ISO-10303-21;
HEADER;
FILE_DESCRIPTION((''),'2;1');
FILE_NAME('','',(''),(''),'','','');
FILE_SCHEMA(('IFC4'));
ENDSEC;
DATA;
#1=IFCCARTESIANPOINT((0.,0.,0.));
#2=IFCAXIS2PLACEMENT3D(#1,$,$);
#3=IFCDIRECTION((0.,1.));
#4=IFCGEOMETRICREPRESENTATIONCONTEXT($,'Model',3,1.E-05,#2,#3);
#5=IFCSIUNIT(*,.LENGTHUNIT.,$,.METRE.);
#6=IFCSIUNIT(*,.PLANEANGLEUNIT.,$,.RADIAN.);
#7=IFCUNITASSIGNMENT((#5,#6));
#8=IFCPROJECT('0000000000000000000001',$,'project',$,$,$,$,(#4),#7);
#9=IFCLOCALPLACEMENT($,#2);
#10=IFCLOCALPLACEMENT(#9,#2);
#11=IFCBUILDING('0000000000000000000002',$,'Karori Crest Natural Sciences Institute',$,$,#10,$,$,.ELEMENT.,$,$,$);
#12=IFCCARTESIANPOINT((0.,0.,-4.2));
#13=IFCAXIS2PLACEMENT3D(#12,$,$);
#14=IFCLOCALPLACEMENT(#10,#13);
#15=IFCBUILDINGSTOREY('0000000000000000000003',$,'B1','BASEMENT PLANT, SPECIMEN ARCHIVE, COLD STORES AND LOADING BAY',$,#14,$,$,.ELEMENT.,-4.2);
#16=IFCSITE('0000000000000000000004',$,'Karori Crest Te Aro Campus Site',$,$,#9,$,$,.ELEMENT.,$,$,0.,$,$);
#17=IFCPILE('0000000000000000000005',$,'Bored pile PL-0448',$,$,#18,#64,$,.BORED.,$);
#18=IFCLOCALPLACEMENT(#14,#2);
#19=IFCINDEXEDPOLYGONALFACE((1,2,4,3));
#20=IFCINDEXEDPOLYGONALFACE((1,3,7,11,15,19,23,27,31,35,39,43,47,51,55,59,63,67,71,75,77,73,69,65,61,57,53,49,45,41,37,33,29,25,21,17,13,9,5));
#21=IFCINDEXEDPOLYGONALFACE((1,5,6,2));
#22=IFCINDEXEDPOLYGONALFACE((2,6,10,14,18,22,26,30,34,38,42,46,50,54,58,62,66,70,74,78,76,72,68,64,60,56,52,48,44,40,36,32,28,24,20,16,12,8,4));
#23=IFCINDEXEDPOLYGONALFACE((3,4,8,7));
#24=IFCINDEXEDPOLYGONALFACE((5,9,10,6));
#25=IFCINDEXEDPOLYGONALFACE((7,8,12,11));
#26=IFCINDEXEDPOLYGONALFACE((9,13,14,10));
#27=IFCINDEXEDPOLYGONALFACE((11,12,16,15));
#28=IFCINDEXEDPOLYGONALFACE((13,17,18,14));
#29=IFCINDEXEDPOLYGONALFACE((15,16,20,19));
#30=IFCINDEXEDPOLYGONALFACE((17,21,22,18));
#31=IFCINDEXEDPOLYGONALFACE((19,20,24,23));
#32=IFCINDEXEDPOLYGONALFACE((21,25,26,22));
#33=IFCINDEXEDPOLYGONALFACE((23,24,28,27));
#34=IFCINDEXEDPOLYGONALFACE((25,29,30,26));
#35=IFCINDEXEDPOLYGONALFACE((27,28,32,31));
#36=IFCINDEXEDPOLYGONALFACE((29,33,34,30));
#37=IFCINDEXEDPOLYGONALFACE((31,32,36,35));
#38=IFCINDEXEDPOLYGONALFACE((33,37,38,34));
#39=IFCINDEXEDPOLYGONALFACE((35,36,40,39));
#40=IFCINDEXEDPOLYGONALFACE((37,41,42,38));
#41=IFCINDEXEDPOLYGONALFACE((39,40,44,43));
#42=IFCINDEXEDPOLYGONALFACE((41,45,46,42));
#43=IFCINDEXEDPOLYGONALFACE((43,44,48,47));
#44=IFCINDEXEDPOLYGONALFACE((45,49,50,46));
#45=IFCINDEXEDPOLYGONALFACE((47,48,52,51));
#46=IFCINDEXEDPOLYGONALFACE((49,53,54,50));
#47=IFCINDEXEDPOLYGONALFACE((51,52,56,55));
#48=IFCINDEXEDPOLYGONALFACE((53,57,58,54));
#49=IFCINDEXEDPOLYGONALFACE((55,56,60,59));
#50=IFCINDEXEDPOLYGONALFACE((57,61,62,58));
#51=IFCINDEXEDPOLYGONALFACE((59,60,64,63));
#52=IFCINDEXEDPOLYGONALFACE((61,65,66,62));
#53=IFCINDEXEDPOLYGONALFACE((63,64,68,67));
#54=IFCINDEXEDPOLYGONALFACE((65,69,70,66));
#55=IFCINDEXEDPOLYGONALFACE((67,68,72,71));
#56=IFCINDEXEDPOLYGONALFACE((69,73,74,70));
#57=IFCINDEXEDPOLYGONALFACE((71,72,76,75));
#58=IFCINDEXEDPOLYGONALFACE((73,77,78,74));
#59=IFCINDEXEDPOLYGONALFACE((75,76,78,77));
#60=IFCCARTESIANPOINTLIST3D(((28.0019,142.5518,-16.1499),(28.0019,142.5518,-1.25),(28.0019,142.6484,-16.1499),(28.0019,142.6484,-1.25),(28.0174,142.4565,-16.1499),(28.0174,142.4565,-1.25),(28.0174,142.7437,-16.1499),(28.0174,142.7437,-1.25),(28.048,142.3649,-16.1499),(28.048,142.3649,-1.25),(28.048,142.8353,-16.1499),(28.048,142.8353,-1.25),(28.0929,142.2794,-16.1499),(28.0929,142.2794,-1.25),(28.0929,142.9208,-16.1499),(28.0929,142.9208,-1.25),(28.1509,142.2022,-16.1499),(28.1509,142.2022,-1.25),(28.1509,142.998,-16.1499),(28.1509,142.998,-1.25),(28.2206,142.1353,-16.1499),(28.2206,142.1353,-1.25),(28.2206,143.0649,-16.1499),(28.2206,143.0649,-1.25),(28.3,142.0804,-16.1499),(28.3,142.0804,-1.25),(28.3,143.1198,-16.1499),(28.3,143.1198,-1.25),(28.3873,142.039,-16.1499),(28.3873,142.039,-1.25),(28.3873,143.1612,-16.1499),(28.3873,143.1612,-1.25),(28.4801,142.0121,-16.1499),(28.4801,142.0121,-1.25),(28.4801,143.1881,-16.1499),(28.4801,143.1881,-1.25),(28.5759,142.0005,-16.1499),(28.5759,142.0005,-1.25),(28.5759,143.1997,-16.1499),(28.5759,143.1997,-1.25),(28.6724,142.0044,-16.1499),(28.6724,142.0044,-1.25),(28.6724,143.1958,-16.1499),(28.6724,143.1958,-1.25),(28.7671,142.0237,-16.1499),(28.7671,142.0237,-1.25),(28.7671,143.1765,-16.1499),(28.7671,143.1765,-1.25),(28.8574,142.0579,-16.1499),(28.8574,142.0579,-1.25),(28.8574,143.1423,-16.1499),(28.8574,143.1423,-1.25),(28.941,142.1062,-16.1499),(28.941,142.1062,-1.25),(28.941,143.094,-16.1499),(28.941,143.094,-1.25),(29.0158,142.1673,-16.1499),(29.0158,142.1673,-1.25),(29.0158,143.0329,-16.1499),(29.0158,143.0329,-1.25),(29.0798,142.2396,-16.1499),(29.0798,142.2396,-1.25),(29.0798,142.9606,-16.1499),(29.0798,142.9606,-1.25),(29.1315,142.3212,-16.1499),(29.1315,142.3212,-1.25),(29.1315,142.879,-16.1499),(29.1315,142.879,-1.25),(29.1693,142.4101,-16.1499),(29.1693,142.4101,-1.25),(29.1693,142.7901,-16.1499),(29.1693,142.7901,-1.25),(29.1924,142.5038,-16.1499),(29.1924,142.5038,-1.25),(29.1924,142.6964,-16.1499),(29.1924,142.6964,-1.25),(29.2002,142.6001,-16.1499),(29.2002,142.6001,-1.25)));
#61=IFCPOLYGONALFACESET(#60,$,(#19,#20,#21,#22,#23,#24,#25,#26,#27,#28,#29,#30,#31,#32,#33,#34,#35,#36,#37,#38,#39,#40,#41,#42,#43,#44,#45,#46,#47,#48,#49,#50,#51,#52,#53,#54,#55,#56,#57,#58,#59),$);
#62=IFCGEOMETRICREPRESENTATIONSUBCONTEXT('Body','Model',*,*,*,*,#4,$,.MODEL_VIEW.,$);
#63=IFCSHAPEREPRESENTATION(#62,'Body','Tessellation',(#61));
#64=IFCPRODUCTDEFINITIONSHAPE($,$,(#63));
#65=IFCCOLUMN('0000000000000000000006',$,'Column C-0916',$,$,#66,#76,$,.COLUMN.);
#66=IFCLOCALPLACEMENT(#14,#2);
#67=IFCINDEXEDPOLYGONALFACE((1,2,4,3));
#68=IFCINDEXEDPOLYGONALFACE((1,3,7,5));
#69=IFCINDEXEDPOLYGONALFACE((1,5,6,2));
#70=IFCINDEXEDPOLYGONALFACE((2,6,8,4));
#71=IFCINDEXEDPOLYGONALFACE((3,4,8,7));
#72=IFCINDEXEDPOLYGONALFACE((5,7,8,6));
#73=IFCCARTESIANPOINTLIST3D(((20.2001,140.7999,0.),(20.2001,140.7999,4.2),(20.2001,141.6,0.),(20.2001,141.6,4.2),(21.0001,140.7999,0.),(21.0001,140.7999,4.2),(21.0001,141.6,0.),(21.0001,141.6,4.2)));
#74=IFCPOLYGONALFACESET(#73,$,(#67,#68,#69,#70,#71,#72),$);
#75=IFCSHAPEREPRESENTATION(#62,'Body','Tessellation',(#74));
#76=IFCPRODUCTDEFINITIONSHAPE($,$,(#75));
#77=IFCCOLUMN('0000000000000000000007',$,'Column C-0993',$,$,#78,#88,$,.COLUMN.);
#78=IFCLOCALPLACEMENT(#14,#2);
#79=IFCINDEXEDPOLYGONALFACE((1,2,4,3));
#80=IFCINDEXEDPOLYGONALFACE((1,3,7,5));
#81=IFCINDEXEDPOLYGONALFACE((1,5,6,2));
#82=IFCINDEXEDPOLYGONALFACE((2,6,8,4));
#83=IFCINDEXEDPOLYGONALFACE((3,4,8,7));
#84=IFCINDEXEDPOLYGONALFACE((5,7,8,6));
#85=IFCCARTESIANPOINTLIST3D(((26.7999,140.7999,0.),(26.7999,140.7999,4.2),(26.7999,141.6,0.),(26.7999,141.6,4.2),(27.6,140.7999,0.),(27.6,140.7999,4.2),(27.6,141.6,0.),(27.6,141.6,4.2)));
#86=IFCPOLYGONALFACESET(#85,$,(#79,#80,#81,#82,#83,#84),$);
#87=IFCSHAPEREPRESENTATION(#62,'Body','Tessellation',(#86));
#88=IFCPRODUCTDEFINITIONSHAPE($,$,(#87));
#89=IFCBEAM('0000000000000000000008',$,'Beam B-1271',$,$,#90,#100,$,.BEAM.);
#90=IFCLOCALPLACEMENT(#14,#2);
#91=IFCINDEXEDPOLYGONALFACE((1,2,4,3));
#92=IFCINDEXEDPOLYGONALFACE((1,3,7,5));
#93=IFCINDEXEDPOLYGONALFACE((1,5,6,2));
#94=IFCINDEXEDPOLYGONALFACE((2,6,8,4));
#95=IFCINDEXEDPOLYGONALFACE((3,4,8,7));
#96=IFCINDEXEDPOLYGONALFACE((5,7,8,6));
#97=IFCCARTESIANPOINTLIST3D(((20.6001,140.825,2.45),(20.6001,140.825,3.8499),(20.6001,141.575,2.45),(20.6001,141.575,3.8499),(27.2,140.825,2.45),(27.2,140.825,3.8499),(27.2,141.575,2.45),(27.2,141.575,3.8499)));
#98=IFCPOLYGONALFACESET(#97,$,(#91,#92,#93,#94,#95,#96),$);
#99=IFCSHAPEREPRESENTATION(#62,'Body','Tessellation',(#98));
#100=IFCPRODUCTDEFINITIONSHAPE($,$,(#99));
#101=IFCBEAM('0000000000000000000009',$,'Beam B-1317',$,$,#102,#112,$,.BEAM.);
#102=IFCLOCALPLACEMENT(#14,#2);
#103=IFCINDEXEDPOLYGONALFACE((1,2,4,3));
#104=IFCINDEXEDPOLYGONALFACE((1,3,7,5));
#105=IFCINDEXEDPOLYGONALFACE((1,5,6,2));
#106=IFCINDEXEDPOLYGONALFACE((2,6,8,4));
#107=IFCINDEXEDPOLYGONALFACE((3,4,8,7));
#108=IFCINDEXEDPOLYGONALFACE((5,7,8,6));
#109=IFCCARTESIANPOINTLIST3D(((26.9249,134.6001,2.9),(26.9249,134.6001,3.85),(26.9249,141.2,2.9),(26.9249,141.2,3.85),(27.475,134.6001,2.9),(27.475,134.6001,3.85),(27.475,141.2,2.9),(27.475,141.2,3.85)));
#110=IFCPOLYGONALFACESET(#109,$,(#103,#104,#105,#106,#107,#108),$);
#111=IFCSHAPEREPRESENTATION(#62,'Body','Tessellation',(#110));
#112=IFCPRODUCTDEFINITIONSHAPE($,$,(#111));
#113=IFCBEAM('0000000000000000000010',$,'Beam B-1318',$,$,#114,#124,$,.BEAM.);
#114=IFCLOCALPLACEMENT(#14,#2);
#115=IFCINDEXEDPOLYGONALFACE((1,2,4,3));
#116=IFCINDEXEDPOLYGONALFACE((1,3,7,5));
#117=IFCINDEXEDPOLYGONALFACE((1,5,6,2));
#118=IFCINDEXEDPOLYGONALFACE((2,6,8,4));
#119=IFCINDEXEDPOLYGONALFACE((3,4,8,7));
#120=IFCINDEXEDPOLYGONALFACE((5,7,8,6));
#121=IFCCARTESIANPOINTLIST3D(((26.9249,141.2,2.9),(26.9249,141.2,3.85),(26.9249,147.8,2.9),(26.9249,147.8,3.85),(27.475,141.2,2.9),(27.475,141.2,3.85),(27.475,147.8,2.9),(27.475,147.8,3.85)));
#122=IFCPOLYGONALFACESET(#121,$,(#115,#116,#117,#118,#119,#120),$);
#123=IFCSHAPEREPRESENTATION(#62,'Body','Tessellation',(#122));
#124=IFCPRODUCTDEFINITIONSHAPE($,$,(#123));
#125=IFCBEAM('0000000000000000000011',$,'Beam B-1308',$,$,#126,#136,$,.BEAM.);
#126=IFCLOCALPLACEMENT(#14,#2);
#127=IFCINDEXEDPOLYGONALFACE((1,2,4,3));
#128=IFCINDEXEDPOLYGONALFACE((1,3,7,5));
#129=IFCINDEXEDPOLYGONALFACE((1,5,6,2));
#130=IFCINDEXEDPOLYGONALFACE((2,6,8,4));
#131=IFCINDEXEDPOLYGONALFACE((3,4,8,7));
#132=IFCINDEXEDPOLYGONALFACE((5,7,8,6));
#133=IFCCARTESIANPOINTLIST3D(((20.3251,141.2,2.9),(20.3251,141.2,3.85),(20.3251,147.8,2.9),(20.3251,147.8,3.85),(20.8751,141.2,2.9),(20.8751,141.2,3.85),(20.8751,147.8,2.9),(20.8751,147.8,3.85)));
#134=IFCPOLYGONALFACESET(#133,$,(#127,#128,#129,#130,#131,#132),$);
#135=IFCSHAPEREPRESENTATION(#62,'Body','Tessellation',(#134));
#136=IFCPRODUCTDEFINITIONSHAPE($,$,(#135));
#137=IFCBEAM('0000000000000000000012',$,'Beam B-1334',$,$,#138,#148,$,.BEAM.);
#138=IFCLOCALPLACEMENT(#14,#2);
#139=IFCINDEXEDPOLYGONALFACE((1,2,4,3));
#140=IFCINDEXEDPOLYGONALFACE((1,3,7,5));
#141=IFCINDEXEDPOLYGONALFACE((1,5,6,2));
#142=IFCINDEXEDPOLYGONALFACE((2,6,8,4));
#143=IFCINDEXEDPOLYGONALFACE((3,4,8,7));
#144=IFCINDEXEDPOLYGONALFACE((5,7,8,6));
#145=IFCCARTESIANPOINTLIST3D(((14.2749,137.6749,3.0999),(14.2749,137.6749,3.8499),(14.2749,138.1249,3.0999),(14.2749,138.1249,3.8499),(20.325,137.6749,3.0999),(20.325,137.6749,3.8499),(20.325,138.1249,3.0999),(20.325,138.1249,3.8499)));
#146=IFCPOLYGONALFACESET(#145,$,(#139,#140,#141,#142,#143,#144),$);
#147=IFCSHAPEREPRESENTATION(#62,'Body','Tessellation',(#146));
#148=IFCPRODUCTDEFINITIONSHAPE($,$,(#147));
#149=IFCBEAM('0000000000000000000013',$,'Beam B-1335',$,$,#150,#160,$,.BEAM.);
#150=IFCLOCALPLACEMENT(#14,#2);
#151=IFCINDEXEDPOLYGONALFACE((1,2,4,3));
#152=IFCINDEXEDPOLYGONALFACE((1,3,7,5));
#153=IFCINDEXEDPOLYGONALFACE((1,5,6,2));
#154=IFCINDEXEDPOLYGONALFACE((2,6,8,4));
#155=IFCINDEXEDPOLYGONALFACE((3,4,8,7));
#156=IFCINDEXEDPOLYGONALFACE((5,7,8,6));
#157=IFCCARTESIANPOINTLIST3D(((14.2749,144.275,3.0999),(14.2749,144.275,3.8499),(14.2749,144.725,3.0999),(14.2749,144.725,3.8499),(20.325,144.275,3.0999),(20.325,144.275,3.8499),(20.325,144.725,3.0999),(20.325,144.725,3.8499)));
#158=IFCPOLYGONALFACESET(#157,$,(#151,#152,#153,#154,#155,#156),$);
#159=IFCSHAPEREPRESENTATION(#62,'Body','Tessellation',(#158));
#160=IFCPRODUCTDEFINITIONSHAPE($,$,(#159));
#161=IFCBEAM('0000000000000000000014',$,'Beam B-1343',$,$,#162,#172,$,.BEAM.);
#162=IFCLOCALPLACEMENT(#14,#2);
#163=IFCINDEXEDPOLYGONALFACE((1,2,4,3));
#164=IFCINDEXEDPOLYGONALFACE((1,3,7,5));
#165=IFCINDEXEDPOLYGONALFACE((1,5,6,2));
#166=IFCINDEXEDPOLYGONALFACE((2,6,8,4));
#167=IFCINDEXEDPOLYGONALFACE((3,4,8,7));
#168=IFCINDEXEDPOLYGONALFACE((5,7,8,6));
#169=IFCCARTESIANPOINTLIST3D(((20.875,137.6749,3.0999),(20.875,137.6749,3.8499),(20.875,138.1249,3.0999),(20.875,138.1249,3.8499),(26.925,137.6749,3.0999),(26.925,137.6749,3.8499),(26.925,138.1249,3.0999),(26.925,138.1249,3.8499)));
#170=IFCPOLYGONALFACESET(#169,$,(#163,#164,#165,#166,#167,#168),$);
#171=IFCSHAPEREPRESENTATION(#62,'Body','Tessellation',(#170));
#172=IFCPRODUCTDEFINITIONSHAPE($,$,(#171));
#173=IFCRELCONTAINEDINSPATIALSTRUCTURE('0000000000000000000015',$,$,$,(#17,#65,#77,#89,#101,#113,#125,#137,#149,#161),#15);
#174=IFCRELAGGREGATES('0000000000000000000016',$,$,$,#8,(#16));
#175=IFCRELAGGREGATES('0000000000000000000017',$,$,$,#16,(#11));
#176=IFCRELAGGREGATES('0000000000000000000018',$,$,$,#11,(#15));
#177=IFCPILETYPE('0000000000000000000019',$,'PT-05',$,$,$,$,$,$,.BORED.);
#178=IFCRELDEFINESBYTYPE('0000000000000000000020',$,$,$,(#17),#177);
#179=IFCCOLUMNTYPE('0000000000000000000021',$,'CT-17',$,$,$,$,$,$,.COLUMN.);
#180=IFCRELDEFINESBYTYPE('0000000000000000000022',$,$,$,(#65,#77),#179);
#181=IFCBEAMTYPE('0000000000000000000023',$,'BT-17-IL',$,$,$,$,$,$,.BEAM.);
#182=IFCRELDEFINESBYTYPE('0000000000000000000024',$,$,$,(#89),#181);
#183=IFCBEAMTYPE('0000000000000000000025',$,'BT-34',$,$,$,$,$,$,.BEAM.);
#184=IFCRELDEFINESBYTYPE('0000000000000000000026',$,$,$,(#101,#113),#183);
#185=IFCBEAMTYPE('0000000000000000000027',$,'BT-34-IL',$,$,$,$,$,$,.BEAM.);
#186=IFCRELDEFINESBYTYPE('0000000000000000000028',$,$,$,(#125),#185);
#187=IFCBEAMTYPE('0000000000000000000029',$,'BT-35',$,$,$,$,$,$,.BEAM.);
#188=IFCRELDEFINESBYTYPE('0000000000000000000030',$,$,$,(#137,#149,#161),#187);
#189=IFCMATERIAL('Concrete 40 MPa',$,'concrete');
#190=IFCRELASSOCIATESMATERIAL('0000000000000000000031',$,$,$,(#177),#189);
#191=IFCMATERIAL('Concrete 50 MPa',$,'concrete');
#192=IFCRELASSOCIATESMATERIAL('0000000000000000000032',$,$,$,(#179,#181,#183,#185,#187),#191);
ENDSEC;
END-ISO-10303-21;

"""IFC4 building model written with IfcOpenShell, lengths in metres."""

from ifc_helpers import new_model, si_unit, direction, frame, origin, origin_2d, place, context, subcontext, project, spatial, rectangle, circle, extrude, material, material_profile, profile_set, type_object, element, save


model = new_model("IFC4")

# Units and contexts
model_context = context("Model", 3, precision=1e-05, world=origin(), true_north=direction((0.0, 1.0)))
body_context = subcontext(model_context, "Body", "Model", "MODEL_VIEW")
ifc_project = project(units=[si_unit("LENGTHUNIT", "METRE"), si_unit("PLANEANGLEUNIT", "RADIAN")], contexts=[model_context])

# Site, building, storey
site_placement = place(None, origin())
site = spatial("IfcSite", under=ifc_project, at=site_placement, Name="Karori Crest Te Aro Campus Site", CompositionType="ELEMENT", RefElevation=0.0)
building_placement = place(site_placement, origin())
building = spatial("IfcBuilding", under=site, at=building_placement, Name="Karori Crest Natural Sciences Institute", CompositionType="ELEMENT")
storey_placement = place(building_placement, frame((0.0, 0.0, -4.2)))
storey = spatial("IfcBuildingStorey", under=building, at=storey_placement, Name="B1", Description="BASEMENT PLANT, SPECIMEN ARCHIVE, COLD STORES AND LOADING BAY", CompositionType="ELEMENT", Elevation=-4.2)

# Shared definitions
ifc_material_1 = material(Name="Concrete 40 MPa", Category="concrete")

# Pile
ifc_material_profile_1 = material_profile(ifc_material_1, circle(Radius=0.6001, at=origin_2d()), Name="PILE1200")
ifc_profile_set_1 = profile_set([ifc_material_profile_1], Name="Concrete 40 MPa")
pile_type = type_object("IfcPileType", Name="PT-05", PredefinedType="BORED", material=ifc_profile_set_1)
for number, where, z_axis, x_axis, name in (
    (1, (28.6001, 142.6001, -1.25), (0.0, 0.0, -1.0), (1.0, 0.0, 0.0), "Bored pile PL-0448"),
):
    element("IfcPile", number, at=place(storey_placement, frame(where, z_axis=z_axis, x_axis=x_axis)), inside=storey, type_object=pile_type, Name=name, PredefinedType="BORED", context=body_context, shape_type="SweptSolid", body=[
        extrude(circle(Radius=0.6001, at=origin_2d()), origin(), (0.0, 0.0, 1.0), 14.8999),
    ])

# Columns
ifc_material_2 = material(Name="Concrete 50 MPa", Category="concrete")
ifc_material_profile_2 = material_profile(ifc_material_2, rectangle(XDim=0.8, YDim=0.8, at=origin_2d()), Name="RC800x800")
ifc_profile_set_2 = profile_set([ifc_material_profile_2], Name="Concrete 50 MPa")
column_type = type_object("IfcColumnType", Name="CT-17", PredefinedType="COLUMN", material=ifc_profile_set_2)
for number, where, z_axis, x_axis, name in (
    (2, (20.6001, 141.2, 0.0), (0.0, 0.0, 1.0), (1.0, 0.0, 0.0), "Column C-0916"),
    (3, (27.2, 141.2, 0.0), (0.0, 0.0, 1.0), (1.0, 0.0, 0.0), "Column C-0993"),
):
    element("IfcColumn", number, at=place(storey_placement, frame(where, z_axis=z_axis, x_axis=x_axis)), inside=storey, type_object=column_type, Name=name, PredefinedType="COLUMN", context=body_context, shape_type="SweptSolid", body=[
        extrude(rectangle(XDim=0.8, YDim=0.8, at=origin_2d()), origin(), (0.0, 0.0, 1.0), 4.2),
    ])

# Beams
ifc_material_profile_3 = material_profile(ifc_material_2, rectangle(XDim=0.75, YDim=1.3999, at=origin_2d()), Name="RCB750x1400")
ifc_profile_set_3 = profile_set([ifc_material_profile_3], Name="Concrete 50 MPa")
beam_type_1 = type_object("IfcBeamType", Name="BT-17-IL", PredefinedType="BEAM", material=ifc_profile_set_3)
beam_1_placement = place(storey_placement, frame((20.6001, 141.2, 3.1499), z_axis=(1.0, 0.0, 0.0), x_axis=(0.0, 1.0, 0.0)))
element("IfcBeam", 4, at=beam_1_placement, inside=storey, type_object=beam_type_1, Name="Beam B-1271", PredefinedType="BEAM", context=body_context, shape_type="SweptSolid", body=[
    extrude(rectangle(XDim=0.75, YDim=1.3999, at=origin_2d()), origin(), (0.0, 0.0, 1.0), 6.5999),
])
ifc_material_profile_4 = material_profile(ifc_material_2, rectangle(XDim=0.55, YDim=0.95, at=origin_2d()), Name="RCB550x950")
ifc_profile_set_4 = profile_set([ifc_material_profile_4], Name="Concrete 50 MPa")
beam_type_2 = type_object("IfcBeamType", Name="BT-34", PredefinedType="BEAM", material=ifc_profile_set_4)
beam_2_placement = place(storey_placement, frame((27.2, 134.6001, 3.375), z_axis=(0.0, 1.0, 0.0), x_axis=(-1.0, 0.0, 0.0)))
element("IfcBeam", 5, at=beam_2_placement, inside=storey, type_object=beam_type_2, Name="Beam B-1317", PredefinedType="BEAM", context=body_context, shape_type="SweptSolid", body=[
    extrude(rectangle(XDim=0.55, YDim=0.95, at=origin_2d()), origin(), (0.0, 0.0, 1.0), 6.5999),
])
beam_3_placement = place(storey_placement, frame((27.2, 141.2, 3.375), z_axis=(0.0, 1.0, 0.0), x_axis=(-1.0, 0.0, 0.0)))
element("IfcBeam", 6, at=beam_3_placement, inside=storey, type_object=beam_type_2, Name="Beam B-1318", PredefinedType="BEAM", context=body_context, shape_type="SweptSolid", body=[
    extrude(rectangle(XDim=0.55, YDim=0.95, at=origin_2d()), origin(), (0.0, 0.0, 1.0), 6.6001),
])
ifc_material_profile_5 = material_profile(ifc_material_2, rectangle(XDim=0.55, YDim=0.95, at=origin_2d()), Name="RCB550x950")
ifc_profile_set_5 = profile_set([ifc_material_profile_5], Name="Concrete 50 MPa")
beam_type_3 = type_object("IfcBeamType", Name="BT-34-IL", PredefinedType="BEAM", material=ifc_profile_set_5)
beam_4_placement = place(storey_placement, frame((20.6001, 141.2, 3.375), z_axis=(0.0, 1.0, 0.0), x_axis=(-1.0, 0.0, 0.0)))
element("IfcBeam", 7, at=beam_4_placement, inside=storey, type_object=beam_type_3, Name="Beam B-1308", PredefinedType="BEAM", context=body_context, shape_type="SweptSolid", body=[
    extrude(rectangle(XDim=0.55, YDim=0.95, at=origin_2d()), origin(), (0.0, 0.0, 1.0), 6.6001),
])
ifc_material_profile_6 = material_profile(ifc_material_2, rectangle(XDim=0.45, YDim=0.75, at=origin_2d()), Name="RCB450x750")
ifc_profile_set_6 = profile_set([ifc_material_profile_6], Name="Concrete 50 MPa")
beam_type_4 = type_object("IfcBeamType", Name="BT-35", PredefinedType="BEAM", material=ifc_profile_set_6)
for number, where, z_axis, x_axis, name in (
    (8, (14.2749, 137.8999, 3.4749), (1.0, 0.0, 0.0), (0.0, 1.0, 0.0), "Beam B-1334"),
    (9, (14.2749, 144.5, 3.4749), (1.0, 0.0, 0.0), (0.0, 1.0, 0.0), "Beam B-1335"),
    (10, (20.875, 137.8999, 3.4749), (1.0, 0.0, 0.0), (0.0, 1.0, 0.0), "Beam B-1343"),
):
    element("IfcBeam", number, at=place(storey_placement, frame(where, z_axis=z_axis, x_axis=x_axis)), inside=storey, type_object=beam_type_4, Name=name, PredefinedType="BEAM", context=body_context, shape_type="SweptSolid", body=[
        extrude(rectangle(XDim=0.45, YDim=0.75, at=origin_2d()), origin(), (0.0, 0.0, 1.0), 6.05),
    ])

save(model, "model.ifc")
